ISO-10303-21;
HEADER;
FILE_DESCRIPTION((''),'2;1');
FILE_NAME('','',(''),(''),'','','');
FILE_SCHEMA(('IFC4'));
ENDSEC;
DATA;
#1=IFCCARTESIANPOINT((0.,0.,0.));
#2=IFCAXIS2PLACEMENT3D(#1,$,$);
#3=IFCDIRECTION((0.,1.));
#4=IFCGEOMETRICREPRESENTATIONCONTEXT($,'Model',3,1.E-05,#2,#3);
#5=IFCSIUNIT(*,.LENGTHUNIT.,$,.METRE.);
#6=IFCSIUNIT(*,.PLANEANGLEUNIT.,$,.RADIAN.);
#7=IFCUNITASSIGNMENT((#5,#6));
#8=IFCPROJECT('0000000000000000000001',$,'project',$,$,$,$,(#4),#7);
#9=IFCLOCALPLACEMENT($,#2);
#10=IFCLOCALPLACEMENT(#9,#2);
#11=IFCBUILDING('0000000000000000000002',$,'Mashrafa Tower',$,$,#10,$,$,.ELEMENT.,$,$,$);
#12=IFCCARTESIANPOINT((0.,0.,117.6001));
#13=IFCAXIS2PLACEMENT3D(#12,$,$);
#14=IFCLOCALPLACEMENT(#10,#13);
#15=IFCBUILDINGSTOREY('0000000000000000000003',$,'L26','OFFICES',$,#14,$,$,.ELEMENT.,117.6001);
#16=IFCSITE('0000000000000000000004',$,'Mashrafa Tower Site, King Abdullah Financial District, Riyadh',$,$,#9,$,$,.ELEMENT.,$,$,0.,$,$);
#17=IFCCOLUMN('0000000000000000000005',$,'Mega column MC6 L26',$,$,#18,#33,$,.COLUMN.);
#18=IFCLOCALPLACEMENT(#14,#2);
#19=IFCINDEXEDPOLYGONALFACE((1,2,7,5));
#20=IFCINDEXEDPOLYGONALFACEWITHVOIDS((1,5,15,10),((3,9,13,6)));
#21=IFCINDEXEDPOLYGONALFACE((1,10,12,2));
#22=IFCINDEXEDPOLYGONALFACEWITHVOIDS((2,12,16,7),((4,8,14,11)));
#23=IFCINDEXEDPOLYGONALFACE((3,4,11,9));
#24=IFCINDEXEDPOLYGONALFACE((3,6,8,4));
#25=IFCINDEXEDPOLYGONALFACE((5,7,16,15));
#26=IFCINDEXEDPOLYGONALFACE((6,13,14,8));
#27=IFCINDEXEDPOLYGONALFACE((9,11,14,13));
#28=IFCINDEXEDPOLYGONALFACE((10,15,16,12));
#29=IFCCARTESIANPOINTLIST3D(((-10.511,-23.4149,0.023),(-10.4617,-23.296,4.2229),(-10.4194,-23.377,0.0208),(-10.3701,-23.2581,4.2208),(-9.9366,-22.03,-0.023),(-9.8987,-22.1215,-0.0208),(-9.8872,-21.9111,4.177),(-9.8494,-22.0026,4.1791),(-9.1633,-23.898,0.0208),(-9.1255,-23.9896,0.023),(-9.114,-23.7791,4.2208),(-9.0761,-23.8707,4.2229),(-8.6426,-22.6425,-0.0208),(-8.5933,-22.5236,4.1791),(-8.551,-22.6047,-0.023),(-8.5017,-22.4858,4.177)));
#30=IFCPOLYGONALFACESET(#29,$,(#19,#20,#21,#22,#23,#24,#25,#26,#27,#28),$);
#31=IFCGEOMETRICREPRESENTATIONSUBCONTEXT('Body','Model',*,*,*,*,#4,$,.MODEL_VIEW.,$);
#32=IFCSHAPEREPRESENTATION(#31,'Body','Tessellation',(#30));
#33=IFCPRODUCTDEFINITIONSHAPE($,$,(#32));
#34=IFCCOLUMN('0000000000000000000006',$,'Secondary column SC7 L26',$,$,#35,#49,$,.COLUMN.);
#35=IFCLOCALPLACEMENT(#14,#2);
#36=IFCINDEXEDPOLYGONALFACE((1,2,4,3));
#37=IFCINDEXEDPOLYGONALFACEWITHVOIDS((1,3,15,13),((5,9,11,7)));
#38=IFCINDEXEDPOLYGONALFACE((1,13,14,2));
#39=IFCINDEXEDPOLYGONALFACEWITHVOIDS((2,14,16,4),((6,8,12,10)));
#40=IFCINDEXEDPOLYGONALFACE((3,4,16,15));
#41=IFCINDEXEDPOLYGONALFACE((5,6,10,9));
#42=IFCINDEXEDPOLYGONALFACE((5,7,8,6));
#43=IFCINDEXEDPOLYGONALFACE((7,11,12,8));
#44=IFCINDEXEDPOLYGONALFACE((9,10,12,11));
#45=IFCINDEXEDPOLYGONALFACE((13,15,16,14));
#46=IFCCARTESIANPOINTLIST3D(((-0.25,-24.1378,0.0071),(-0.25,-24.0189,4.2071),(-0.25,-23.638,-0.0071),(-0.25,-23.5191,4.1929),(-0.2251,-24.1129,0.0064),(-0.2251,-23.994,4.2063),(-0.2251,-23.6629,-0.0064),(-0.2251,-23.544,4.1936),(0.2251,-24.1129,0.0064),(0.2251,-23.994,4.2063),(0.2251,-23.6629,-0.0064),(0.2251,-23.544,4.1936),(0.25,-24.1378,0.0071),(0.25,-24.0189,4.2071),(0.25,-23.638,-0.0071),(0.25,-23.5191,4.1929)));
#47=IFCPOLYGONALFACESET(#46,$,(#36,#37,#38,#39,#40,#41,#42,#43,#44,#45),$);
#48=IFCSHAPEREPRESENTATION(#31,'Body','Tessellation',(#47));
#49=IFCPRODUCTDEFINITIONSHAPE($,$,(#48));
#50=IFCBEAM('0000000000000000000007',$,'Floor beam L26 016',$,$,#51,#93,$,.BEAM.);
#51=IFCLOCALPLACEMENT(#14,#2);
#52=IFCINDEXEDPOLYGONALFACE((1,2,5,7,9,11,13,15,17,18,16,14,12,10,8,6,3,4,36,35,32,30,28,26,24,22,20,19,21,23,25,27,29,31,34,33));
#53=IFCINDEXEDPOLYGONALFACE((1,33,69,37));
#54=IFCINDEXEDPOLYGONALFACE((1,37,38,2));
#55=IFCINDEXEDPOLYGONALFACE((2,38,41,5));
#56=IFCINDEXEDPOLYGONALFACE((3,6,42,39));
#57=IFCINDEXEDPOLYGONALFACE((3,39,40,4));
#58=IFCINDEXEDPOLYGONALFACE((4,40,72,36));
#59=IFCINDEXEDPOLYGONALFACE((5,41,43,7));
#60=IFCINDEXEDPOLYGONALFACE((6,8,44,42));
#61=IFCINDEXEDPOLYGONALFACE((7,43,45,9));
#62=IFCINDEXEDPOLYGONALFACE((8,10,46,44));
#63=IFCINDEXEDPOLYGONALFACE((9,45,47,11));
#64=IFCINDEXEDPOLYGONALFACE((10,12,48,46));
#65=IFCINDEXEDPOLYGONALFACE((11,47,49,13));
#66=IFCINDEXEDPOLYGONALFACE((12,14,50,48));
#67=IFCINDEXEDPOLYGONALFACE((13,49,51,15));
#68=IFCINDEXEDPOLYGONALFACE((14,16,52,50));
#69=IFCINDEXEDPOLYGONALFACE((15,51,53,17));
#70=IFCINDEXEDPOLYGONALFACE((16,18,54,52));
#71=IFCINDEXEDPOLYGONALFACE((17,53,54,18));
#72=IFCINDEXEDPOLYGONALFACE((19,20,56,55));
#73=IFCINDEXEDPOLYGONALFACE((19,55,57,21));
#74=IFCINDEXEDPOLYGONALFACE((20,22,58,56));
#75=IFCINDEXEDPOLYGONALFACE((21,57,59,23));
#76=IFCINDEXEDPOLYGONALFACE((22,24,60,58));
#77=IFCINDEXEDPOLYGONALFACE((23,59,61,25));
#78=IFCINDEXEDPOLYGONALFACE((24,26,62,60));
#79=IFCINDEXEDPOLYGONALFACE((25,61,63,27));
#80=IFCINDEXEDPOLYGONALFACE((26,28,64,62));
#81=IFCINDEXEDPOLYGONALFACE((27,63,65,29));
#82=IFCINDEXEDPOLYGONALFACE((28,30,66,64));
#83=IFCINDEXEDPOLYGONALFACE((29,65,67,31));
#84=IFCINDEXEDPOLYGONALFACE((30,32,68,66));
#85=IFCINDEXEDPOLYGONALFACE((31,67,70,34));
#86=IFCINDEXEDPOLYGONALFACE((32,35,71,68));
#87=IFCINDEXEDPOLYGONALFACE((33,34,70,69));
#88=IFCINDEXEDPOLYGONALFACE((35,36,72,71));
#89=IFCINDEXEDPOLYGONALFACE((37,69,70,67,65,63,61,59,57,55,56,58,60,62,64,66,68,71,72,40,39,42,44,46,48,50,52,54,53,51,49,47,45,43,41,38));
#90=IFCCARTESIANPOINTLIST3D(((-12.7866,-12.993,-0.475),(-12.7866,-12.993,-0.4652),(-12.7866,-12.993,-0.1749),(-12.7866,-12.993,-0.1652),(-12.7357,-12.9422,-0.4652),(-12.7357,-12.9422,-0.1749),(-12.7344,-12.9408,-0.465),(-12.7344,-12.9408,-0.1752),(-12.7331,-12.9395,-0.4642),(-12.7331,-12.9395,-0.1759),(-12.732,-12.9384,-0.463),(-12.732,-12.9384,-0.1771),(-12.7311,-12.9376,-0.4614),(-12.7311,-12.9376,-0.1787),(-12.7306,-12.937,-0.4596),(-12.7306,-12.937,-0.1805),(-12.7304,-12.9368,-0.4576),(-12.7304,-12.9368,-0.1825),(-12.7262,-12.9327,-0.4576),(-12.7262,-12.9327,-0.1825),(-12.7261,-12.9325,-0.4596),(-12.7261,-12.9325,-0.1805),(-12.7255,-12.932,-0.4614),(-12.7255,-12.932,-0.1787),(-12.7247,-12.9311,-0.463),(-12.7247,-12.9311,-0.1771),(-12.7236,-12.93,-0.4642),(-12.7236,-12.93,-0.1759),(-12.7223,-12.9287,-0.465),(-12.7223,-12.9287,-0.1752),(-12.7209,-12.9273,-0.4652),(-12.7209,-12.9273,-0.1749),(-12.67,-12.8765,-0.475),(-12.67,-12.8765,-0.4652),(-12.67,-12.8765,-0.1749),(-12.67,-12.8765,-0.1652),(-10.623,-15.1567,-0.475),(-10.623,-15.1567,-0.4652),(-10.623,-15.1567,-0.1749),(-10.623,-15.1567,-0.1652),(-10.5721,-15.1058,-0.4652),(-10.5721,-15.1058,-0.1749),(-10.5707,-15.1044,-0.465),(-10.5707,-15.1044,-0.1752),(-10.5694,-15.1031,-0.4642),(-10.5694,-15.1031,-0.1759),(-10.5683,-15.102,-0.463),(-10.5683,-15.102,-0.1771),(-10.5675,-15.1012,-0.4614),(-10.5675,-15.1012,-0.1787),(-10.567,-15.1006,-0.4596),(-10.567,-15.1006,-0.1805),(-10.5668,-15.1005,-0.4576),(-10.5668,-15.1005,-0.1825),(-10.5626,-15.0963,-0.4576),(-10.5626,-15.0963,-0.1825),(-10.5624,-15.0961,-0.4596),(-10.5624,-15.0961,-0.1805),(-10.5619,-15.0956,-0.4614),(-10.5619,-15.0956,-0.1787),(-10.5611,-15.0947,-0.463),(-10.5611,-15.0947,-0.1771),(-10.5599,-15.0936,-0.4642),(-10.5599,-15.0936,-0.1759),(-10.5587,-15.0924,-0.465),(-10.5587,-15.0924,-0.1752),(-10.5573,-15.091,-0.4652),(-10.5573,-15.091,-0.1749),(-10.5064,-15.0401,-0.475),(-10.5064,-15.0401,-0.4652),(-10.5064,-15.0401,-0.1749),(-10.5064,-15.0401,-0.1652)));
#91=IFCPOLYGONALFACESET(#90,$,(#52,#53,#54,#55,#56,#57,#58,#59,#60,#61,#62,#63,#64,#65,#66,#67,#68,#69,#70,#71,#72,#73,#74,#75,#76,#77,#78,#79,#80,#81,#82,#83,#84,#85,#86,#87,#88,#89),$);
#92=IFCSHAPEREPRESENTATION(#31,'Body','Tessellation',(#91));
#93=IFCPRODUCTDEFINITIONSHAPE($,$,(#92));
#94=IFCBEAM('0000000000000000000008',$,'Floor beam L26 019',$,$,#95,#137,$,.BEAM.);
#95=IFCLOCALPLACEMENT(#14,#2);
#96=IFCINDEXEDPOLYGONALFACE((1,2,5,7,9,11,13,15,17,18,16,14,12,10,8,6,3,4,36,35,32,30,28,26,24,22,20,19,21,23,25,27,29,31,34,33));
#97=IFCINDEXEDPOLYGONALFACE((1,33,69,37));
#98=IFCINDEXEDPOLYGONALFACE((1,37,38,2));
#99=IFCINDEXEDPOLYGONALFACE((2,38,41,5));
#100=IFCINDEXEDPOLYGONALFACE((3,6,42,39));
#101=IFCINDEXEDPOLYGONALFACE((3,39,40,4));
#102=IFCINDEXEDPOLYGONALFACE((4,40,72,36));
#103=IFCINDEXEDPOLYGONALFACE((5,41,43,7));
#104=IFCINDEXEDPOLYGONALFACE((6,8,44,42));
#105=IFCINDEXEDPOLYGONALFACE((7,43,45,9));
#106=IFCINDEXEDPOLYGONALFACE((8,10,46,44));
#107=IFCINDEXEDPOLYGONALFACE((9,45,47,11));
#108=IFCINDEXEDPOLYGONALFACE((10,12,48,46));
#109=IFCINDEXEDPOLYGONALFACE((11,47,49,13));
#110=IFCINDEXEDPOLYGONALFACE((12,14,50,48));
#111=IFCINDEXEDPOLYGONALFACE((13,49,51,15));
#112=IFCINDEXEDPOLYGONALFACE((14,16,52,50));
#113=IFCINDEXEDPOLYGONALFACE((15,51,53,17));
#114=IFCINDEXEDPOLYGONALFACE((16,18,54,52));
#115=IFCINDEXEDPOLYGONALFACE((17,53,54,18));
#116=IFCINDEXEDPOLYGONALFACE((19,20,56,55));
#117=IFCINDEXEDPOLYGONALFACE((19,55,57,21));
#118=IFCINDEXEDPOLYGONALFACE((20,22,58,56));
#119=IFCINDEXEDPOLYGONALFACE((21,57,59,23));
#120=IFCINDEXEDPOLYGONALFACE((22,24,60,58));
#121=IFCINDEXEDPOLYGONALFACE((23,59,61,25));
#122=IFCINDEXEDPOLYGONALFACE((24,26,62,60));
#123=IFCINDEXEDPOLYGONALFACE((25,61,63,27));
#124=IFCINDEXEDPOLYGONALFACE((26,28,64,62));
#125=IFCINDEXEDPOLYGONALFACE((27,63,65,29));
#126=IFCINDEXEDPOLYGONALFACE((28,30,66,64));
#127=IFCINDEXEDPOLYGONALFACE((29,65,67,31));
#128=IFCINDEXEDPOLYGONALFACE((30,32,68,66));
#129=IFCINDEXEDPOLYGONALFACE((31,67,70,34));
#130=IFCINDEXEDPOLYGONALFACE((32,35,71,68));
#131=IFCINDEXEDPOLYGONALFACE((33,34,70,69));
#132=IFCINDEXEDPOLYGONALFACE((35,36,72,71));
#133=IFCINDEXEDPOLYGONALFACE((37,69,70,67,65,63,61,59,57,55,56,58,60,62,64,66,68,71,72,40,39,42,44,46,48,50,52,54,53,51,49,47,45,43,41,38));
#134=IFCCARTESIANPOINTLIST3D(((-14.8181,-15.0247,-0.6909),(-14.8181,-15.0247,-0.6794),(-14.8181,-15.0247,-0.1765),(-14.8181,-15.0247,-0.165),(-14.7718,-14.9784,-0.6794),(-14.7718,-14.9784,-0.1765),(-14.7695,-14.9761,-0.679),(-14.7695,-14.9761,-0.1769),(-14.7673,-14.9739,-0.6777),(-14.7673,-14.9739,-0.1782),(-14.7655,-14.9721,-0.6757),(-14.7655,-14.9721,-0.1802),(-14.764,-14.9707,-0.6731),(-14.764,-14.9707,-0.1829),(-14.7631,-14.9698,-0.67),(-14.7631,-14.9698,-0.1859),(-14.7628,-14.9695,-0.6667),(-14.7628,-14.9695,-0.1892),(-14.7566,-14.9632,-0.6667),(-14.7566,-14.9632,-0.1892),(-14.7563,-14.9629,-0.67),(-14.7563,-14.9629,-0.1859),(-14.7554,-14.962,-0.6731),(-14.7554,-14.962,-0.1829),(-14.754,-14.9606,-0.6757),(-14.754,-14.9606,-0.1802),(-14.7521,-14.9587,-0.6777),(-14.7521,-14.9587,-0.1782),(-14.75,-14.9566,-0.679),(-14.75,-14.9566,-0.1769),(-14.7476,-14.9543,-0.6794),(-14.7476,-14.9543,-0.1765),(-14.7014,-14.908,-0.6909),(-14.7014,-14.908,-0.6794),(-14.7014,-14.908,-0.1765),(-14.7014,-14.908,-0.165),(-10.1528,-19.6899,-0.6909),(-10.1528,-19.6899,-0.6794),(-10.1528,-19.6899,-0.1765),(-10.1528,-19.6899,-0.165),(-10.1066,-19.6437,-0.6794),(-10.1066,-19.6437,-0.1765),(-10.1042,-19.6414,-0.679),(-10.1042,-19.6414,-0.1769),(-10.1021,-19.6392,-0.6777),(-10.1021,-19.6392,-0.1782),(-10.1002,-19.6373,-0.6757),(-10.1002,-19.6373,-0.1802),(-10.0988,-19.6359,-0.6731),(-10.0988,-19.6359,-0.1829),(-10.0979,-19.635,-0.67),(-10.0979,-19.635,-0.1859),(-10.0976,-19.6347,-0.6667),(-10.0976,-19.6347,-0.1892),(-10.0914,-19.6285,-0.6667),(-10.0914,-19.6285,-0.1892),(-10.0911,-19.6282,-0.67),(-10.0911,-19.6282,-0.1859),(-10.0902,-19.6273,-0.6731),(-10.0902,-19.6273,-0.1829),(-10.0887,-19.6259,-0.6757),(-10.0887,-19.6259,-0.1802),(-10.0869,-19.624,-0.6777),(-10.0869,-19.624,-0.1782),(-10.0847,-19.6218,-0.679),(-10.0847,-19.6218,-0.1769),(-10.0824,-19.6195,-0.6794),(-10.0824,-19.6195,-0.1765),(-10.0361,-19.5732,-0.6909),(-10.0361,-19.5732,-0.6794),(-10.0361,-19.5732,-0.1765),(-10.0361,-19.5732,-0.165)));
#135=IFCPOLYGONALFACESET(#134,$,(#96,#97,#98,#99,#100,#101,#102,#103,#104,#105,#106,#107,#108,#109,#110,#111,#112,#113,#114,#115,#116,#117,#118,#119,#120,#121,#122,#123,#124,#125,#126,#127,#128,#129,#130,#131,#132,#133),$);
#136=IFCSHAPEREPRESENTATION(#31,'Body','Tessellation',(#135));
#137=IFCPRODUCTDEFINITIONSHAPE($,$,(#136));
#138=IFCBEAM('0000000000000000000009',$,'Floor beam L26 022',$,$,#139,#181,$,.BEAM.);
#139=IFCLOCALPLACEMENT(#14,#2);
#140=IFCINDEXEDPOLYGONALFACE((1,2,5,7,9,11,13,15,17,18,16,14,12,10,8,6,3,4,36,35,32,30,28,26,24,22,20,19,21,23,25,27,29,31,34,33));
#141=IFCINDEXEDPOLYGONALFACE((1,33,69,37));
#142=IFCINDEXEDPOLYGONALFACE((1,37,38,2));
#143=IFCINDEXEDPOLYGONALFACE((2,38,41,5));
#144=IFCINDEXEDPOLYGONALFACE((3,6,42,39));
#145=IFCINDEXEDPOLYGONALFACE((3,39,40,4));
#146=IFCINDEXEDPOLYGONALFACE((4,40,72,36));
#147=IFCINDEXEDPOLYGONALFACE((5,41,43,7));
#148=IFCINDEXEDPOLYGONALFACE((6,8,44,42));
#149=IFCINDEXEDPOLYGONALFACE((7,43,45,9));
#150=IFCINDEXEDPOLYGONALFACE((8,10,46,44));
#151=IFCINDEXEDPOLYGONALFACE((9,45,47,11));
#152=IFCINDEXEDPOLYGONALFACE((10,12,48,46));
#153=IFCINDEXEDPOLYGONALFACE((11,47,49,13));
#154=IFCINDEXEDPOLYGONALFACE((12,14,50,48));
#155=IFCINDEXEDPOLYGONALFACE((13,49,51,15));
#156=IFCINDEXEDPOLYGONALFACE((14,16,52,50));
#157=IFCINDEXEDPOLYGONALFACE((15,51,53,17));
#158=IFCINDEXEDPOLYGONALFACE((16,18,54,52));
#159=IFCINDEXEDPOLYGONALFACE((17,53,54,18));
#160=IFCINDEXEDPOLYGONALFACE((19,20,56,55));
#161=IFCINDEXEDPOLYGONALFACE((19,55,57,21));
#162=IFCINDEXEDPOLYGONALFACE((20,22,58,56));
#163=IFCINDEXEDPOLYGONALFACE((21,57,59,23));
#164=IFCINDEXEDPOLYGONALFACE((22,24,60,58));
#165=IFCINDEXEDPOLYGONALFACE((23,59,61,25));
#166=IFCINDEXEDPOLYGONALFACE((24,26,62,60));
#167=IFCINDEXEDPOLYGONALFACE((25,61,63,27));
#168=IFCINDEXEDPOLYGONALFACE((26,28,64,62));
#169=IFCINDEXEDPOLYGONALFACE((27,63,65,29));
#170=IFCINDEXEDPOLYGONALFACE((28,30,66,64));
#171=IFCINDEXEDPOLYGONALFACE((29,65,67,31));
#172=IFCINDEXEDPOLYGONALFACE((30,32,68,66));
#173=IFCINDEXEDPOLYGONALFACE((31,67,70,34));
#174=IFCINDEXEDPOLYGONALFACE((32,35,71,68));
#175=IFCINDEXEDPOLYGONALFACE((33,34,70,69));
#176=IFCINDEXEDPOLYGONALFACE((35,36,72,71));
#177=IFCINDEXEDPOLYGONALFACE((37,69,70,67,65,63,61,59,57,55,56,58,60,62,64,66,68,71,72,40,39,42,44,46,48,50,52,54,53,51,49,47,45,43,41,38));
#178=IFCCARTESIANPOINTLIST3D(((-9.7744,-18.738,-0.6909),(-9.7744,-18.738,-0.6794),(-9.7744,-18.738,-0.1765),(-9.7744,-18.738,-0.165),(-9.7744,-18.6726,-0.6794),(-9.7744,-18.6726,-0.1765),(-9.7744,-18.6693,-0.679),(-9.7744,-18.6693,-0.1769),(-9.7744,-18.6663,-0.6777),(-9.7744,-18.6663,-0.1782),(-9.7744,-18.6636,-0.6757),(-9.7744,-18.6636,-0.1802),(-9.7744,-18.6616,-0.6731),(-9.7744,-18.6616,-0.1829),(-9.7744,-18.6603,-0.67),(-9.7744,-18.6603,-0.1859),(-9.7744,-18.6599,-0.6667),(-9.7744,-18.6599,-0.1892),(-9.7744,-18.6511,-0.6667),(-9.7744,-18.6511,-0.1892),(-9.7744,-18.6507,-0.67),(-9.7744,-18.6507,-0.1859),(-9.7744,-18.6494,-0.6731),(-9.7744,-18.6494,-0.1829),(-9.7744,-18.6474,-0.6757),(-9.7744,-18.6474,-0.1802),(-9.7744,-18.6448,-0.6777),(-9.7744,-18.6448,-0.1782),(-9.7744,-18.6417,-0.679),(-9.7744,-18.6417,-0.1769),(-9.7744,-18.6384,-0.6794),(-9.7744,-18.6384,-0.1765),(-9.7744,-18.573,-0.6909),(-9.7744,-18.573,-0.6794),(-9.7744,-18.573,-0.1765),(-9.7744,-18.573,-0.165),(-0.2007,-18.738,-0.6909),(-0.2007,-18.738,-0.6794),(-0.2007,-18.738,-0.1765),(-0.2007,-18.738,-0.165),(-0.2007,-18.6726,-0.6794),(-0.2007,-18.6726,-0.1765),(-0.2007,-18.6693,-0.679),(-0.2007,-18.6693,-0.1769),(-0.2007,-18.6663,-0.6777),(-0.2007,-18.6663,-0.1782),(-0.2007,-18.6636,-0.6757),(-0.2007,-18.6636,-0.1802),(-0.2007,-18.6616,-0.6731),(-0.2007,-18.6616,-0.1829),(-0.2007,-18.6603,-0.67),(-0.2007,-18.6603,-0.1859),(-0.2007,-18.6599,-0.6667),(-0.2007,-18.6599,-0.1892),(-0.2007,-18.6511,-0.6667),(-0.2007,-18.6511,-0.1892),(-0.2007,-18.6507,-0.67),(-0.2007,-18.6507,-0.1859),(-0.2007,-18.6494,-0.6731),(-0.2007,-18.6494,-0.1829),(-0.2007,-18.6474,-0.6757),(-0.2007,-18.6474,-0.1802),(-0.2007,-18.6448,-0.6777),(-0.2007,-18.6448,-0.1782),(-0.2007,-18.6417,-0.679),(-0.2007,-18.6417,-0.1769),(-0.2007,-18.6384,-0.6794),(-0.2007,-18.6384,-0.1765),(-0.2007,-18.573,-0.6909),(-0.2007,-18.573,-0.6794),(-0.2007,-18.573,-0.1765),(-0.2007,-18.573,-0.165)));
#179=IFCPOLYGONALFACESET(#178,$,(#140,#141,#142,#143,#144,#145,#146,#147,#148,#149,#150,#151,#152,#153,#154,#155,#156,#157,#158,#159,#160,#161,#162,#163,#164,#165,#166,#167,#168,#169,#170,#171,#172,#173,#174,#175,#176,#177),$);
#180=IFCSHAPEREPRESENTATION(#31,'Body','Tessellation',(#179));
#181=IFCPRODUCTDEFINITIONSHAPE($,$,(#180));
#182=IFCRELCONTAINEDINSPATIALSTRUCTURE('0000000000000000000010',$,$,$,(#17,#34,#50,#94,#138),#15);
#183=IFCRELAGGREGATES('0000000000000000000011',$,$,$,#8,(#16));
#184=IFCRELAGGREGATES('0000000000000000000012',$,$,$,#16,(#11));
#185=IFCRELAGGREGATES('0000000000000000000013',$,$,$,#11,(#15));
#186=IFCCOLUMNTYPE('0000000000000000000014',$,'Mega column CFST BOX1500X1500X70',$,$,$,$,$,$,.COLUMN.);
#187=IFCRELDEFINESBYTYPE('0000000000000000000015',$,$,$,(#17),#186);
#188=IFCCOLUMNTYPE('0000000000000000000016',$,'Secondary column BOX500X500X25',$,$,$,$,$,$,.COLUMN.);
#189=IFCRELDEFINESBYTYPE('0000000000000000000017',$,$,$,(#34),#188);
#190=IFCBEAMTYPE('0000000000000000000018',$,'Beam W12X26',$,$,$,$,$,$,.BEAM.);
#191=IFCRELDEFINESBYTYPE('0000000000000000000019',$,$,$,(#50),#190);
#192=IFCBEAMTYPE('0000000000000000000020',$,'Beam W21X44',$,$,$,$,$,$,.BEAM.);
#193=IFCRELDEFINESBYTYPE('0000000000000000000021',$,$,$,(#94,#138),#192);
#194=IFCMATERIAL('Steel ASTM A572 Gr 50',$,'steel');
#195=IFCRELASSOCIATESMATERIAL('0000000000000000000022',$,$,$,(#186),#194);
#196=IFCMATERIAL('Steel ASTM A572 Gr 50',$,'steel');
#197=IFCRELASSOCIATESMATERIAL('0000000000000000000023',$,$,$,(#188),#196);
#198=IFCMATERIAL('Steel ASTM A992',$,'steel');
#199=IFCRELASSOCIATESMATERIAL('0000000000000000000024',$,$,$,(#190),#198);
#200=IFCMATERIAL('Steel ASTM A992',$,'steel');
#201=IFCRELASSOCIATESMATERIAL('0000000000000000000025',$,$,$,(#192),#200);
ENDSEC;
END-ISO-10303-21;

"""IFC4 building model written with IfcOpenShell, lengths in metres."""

from ifc_helpers import new_model, si_unit, direction, frame, origin, origin_2d, place, context, subcontext, project, spatial, hollow_rectangle, i_section, extrude, material, material_profile, profile_set, type_object, element, save


model = new_model("IFC4")

# Units and contexts
model_context = context("Model", 3, precision=1e-05, world=origin(), true_north=direction((0.0, 1.0)))
body_context = subcontext(model_context, "Body", "Model", "MODEL_VIEW")
ifc_project = project(units=[si_unit("LENGTHUNIT", "METRE"), si_unit("PLANEANGLEUNIT", "RADIAN")], contexts=[model_context])

# Site, building, storey
site_placement = place(None, origin())
site = spatial("IfcSite", under=ifc_project, at=site_placement, Name="Mashrafa Tower Site, King Abdullah Financial District, Riyadh", CompositionType="ELEMENT", RefElevation=0.0)
building_placement = place(site_placement, origin())
building = spatial("IfcBuilding", under=site, at=building_placement, Name="Mashrafa Tower", CompositionType="ELEMENT")
storey_placement = place(building_placement, frame((0.0, 0.0, 117.6001)))
storey = spatial("IfcBuildingStorey", under=building, at=storey_placement, Name="L26", Description="OFFICES", CompositionType="ELEMENT", Elevation=117.6001)

# Columns
ifc_material_1 = material(Name="Steel ASTM A572 Gr 50", Category="steel")
ifc_material_profile_1 = material_profile(ifc_material_1, hollow_rectangle(XDim=1.5, YDim=1.5, WallThickness=0.0701, at=origin_2d()), Name="BOX1500X1500X70")
ifc_profile_set_1 = profile_set([ifc_material_profile_1], Name="Steel ASTM A572 Gr 50")
column_type_1 = type_object("IfcColumnType", Name="Mega column CFST BOX1500X1500X70", PredefinedType="COLUMN", material=ifc_profile_set_1)
column_1_placement = place(storey_placement, frame((-9.531, -23.0098, 0.0), z_axis=(0.011737, 0.028296, 0.999531), x_axis=(-0.923693, 0.383133, 0.0)))
element("IfcColumn", 1, at=column_1_placement, inside=storey, type_object=column_type_1, Name="Mega column MC6 L26", PredefinedType="COLUMN", context=body_context, shape_type="SweptSolid", body=[
    extrude(hollow_rectangle(XDim=1.5, YDim=1.5, WallThickness=0.0701, at=origin_2d()), origin(), (0.0, 0.0, 1.0), 4.2019),
])
ifc_material_2 = material(Name="Steel ASTM A572 Gr 50", Category="steel")
ifc_material_profile_2 = material_profile(ifc_material_2, hollow_rectangle(XDim=0.5, YDim=0.5, WallThickness=0.0249, at=origin_2d()), Name="BOX500X500X25")
ifc_profile_set_2 = profile_set([ifc_material_profile_2], Name="Steel ASTM A572 Gr 50")
column_type_2 = type_object("IfcColumnType", Name="Secondary column BOX500X500X25", PredefinedType="COLUMN", material=ifc_profile_set_2)
column_2_placement = place(storey_placement, frame((0.0, -23.8879, 0.0), z_axis=(0.0, 0.028298, 0.9996), x_axis=(-1.0, 0.0, 0.0)))
element("IfcColumn", 2, at=column_2_placement, inside=storey, type_object=column_type_2, Name="Secondary column SC7 L26", PredefinedType="COLUMN", context=body_context, shape_type="SweptSolid", body=[
    extrude(hollow_rectangle(XDim=0.5, YDim=0.5, WallThickness=0.0249, at=origin_2d()), origin(), (0.0, 0.0, 1.0), 4.2017),
])

# Beams
ifc_material_3 = material(Name="Steel ASTM A992", Category="steel")
ifc_material_profile_3 = material_profile(ifc_material_3, i_section(OverallWidth=0.1648, OverallDepth=0.3098, WebThickness=0.0059, FlangeThickness=0.0098, FilletRadius=0.0076, at=origin_2d()), Name="W12X26")
ifc_profile_set_3 = profile_set([ifc_material_profile_3], Name="Steel ASTM A992")
beam_type_1 = type_object("IfcBeamType", Name="Beam W12X26", PredefinedType="BEAM", material=ifc_profile_set_3)
beam_1_placement = place(storey_placement, frame((-10.5647, -15.0984, -0.3201), z_axis=(-0.707107, 0.707107, 0.0), x_axis=(-0.707107, -0.707107, 0.0)))
element("IfcBeam", 3, at=beam_1_placement, inside=storey, type_object=beam_type_1, Name="Floor beam L26 016", PredefinedType="BEAM", context=body_context, shape_type="SweptSolid", body=[
    extrude(i_section(OverallWidth=0.1648, OverallDepth=0.3098, WebThickness=0.0059, FlangeThickness=0.0098, FilletRadius=0.0076, at=origin_2d()), origin(), (0.0, 0.0, 1.0), 3.0598),
])
ifc_material_4 = material(Name="Steel ASTM A992", Category="steel")
ifc_material_profile_4 = material_profile(ifc_material_4, i_section(OverallWidth=0.165, OverallDepth=0.5259, WebThickness=0.0088, FlangeThickness=0.0115, FilletRadius=0.0127, at=origin_2d()), Name="W21X44")
ifc_profile_set_4 = profile_set([ifc_material_profile_4], Name="Steel ASTM A992")
beam_type_2 = type_object("IfcBeamType", Name="Beam W21X44", PredefinedType="BEAM", material=ifc_profile_set_4)
beam_2_placement = place(storey_placement, frame((-10.0945, -19.6316, -0.428), z_axis=(-0.707107, 0.707107, 0.0), x_axis=(-0.707107, -0.707107, 0.0)))
element("IfcBeam", 4, at=beam_2_placement, inside=storey, type_object=beam_type_2, Name="Floor beam L26 019", PredefinedType="BEAM", context=body_context, shape_type="SweptSolid", body=[
    extrude(i_section(OverallWidth=0.165, OverallDepth=0.5259, WebThickness=0.0088, FlangeThickness=0.0115, FilletRadius=0.0127, at=origin_2d()), origin(), (0.0, 0.0, 1.0), 6.5977),
])
beam_3_placement = place(storey_placement, frame((-0.2007, -18.6555, -0.428), z_axis=(-1.0, 0.0, 0.0), x_axis=(0.0, -1.0, 0.0)))
element("IfcBeam", 5, at=beam_3_placement, inside=storey, type_object=beam_type_2, Name="Floor beam L26 022", PredefinedType="BEAM", context=body_context, shape_type="SweptSolid", body=[
    extrude(i_section(OverallWidth=0.165, OverallDepth=0.5259, WebThickness=0.0088, FlangeThickness=0.0115, FilletRadius=0.0127, at=origin_2d()), origin(), (0.0, 0.0, 1.0), 9.5737),
])

save(model, "model.ifc")
